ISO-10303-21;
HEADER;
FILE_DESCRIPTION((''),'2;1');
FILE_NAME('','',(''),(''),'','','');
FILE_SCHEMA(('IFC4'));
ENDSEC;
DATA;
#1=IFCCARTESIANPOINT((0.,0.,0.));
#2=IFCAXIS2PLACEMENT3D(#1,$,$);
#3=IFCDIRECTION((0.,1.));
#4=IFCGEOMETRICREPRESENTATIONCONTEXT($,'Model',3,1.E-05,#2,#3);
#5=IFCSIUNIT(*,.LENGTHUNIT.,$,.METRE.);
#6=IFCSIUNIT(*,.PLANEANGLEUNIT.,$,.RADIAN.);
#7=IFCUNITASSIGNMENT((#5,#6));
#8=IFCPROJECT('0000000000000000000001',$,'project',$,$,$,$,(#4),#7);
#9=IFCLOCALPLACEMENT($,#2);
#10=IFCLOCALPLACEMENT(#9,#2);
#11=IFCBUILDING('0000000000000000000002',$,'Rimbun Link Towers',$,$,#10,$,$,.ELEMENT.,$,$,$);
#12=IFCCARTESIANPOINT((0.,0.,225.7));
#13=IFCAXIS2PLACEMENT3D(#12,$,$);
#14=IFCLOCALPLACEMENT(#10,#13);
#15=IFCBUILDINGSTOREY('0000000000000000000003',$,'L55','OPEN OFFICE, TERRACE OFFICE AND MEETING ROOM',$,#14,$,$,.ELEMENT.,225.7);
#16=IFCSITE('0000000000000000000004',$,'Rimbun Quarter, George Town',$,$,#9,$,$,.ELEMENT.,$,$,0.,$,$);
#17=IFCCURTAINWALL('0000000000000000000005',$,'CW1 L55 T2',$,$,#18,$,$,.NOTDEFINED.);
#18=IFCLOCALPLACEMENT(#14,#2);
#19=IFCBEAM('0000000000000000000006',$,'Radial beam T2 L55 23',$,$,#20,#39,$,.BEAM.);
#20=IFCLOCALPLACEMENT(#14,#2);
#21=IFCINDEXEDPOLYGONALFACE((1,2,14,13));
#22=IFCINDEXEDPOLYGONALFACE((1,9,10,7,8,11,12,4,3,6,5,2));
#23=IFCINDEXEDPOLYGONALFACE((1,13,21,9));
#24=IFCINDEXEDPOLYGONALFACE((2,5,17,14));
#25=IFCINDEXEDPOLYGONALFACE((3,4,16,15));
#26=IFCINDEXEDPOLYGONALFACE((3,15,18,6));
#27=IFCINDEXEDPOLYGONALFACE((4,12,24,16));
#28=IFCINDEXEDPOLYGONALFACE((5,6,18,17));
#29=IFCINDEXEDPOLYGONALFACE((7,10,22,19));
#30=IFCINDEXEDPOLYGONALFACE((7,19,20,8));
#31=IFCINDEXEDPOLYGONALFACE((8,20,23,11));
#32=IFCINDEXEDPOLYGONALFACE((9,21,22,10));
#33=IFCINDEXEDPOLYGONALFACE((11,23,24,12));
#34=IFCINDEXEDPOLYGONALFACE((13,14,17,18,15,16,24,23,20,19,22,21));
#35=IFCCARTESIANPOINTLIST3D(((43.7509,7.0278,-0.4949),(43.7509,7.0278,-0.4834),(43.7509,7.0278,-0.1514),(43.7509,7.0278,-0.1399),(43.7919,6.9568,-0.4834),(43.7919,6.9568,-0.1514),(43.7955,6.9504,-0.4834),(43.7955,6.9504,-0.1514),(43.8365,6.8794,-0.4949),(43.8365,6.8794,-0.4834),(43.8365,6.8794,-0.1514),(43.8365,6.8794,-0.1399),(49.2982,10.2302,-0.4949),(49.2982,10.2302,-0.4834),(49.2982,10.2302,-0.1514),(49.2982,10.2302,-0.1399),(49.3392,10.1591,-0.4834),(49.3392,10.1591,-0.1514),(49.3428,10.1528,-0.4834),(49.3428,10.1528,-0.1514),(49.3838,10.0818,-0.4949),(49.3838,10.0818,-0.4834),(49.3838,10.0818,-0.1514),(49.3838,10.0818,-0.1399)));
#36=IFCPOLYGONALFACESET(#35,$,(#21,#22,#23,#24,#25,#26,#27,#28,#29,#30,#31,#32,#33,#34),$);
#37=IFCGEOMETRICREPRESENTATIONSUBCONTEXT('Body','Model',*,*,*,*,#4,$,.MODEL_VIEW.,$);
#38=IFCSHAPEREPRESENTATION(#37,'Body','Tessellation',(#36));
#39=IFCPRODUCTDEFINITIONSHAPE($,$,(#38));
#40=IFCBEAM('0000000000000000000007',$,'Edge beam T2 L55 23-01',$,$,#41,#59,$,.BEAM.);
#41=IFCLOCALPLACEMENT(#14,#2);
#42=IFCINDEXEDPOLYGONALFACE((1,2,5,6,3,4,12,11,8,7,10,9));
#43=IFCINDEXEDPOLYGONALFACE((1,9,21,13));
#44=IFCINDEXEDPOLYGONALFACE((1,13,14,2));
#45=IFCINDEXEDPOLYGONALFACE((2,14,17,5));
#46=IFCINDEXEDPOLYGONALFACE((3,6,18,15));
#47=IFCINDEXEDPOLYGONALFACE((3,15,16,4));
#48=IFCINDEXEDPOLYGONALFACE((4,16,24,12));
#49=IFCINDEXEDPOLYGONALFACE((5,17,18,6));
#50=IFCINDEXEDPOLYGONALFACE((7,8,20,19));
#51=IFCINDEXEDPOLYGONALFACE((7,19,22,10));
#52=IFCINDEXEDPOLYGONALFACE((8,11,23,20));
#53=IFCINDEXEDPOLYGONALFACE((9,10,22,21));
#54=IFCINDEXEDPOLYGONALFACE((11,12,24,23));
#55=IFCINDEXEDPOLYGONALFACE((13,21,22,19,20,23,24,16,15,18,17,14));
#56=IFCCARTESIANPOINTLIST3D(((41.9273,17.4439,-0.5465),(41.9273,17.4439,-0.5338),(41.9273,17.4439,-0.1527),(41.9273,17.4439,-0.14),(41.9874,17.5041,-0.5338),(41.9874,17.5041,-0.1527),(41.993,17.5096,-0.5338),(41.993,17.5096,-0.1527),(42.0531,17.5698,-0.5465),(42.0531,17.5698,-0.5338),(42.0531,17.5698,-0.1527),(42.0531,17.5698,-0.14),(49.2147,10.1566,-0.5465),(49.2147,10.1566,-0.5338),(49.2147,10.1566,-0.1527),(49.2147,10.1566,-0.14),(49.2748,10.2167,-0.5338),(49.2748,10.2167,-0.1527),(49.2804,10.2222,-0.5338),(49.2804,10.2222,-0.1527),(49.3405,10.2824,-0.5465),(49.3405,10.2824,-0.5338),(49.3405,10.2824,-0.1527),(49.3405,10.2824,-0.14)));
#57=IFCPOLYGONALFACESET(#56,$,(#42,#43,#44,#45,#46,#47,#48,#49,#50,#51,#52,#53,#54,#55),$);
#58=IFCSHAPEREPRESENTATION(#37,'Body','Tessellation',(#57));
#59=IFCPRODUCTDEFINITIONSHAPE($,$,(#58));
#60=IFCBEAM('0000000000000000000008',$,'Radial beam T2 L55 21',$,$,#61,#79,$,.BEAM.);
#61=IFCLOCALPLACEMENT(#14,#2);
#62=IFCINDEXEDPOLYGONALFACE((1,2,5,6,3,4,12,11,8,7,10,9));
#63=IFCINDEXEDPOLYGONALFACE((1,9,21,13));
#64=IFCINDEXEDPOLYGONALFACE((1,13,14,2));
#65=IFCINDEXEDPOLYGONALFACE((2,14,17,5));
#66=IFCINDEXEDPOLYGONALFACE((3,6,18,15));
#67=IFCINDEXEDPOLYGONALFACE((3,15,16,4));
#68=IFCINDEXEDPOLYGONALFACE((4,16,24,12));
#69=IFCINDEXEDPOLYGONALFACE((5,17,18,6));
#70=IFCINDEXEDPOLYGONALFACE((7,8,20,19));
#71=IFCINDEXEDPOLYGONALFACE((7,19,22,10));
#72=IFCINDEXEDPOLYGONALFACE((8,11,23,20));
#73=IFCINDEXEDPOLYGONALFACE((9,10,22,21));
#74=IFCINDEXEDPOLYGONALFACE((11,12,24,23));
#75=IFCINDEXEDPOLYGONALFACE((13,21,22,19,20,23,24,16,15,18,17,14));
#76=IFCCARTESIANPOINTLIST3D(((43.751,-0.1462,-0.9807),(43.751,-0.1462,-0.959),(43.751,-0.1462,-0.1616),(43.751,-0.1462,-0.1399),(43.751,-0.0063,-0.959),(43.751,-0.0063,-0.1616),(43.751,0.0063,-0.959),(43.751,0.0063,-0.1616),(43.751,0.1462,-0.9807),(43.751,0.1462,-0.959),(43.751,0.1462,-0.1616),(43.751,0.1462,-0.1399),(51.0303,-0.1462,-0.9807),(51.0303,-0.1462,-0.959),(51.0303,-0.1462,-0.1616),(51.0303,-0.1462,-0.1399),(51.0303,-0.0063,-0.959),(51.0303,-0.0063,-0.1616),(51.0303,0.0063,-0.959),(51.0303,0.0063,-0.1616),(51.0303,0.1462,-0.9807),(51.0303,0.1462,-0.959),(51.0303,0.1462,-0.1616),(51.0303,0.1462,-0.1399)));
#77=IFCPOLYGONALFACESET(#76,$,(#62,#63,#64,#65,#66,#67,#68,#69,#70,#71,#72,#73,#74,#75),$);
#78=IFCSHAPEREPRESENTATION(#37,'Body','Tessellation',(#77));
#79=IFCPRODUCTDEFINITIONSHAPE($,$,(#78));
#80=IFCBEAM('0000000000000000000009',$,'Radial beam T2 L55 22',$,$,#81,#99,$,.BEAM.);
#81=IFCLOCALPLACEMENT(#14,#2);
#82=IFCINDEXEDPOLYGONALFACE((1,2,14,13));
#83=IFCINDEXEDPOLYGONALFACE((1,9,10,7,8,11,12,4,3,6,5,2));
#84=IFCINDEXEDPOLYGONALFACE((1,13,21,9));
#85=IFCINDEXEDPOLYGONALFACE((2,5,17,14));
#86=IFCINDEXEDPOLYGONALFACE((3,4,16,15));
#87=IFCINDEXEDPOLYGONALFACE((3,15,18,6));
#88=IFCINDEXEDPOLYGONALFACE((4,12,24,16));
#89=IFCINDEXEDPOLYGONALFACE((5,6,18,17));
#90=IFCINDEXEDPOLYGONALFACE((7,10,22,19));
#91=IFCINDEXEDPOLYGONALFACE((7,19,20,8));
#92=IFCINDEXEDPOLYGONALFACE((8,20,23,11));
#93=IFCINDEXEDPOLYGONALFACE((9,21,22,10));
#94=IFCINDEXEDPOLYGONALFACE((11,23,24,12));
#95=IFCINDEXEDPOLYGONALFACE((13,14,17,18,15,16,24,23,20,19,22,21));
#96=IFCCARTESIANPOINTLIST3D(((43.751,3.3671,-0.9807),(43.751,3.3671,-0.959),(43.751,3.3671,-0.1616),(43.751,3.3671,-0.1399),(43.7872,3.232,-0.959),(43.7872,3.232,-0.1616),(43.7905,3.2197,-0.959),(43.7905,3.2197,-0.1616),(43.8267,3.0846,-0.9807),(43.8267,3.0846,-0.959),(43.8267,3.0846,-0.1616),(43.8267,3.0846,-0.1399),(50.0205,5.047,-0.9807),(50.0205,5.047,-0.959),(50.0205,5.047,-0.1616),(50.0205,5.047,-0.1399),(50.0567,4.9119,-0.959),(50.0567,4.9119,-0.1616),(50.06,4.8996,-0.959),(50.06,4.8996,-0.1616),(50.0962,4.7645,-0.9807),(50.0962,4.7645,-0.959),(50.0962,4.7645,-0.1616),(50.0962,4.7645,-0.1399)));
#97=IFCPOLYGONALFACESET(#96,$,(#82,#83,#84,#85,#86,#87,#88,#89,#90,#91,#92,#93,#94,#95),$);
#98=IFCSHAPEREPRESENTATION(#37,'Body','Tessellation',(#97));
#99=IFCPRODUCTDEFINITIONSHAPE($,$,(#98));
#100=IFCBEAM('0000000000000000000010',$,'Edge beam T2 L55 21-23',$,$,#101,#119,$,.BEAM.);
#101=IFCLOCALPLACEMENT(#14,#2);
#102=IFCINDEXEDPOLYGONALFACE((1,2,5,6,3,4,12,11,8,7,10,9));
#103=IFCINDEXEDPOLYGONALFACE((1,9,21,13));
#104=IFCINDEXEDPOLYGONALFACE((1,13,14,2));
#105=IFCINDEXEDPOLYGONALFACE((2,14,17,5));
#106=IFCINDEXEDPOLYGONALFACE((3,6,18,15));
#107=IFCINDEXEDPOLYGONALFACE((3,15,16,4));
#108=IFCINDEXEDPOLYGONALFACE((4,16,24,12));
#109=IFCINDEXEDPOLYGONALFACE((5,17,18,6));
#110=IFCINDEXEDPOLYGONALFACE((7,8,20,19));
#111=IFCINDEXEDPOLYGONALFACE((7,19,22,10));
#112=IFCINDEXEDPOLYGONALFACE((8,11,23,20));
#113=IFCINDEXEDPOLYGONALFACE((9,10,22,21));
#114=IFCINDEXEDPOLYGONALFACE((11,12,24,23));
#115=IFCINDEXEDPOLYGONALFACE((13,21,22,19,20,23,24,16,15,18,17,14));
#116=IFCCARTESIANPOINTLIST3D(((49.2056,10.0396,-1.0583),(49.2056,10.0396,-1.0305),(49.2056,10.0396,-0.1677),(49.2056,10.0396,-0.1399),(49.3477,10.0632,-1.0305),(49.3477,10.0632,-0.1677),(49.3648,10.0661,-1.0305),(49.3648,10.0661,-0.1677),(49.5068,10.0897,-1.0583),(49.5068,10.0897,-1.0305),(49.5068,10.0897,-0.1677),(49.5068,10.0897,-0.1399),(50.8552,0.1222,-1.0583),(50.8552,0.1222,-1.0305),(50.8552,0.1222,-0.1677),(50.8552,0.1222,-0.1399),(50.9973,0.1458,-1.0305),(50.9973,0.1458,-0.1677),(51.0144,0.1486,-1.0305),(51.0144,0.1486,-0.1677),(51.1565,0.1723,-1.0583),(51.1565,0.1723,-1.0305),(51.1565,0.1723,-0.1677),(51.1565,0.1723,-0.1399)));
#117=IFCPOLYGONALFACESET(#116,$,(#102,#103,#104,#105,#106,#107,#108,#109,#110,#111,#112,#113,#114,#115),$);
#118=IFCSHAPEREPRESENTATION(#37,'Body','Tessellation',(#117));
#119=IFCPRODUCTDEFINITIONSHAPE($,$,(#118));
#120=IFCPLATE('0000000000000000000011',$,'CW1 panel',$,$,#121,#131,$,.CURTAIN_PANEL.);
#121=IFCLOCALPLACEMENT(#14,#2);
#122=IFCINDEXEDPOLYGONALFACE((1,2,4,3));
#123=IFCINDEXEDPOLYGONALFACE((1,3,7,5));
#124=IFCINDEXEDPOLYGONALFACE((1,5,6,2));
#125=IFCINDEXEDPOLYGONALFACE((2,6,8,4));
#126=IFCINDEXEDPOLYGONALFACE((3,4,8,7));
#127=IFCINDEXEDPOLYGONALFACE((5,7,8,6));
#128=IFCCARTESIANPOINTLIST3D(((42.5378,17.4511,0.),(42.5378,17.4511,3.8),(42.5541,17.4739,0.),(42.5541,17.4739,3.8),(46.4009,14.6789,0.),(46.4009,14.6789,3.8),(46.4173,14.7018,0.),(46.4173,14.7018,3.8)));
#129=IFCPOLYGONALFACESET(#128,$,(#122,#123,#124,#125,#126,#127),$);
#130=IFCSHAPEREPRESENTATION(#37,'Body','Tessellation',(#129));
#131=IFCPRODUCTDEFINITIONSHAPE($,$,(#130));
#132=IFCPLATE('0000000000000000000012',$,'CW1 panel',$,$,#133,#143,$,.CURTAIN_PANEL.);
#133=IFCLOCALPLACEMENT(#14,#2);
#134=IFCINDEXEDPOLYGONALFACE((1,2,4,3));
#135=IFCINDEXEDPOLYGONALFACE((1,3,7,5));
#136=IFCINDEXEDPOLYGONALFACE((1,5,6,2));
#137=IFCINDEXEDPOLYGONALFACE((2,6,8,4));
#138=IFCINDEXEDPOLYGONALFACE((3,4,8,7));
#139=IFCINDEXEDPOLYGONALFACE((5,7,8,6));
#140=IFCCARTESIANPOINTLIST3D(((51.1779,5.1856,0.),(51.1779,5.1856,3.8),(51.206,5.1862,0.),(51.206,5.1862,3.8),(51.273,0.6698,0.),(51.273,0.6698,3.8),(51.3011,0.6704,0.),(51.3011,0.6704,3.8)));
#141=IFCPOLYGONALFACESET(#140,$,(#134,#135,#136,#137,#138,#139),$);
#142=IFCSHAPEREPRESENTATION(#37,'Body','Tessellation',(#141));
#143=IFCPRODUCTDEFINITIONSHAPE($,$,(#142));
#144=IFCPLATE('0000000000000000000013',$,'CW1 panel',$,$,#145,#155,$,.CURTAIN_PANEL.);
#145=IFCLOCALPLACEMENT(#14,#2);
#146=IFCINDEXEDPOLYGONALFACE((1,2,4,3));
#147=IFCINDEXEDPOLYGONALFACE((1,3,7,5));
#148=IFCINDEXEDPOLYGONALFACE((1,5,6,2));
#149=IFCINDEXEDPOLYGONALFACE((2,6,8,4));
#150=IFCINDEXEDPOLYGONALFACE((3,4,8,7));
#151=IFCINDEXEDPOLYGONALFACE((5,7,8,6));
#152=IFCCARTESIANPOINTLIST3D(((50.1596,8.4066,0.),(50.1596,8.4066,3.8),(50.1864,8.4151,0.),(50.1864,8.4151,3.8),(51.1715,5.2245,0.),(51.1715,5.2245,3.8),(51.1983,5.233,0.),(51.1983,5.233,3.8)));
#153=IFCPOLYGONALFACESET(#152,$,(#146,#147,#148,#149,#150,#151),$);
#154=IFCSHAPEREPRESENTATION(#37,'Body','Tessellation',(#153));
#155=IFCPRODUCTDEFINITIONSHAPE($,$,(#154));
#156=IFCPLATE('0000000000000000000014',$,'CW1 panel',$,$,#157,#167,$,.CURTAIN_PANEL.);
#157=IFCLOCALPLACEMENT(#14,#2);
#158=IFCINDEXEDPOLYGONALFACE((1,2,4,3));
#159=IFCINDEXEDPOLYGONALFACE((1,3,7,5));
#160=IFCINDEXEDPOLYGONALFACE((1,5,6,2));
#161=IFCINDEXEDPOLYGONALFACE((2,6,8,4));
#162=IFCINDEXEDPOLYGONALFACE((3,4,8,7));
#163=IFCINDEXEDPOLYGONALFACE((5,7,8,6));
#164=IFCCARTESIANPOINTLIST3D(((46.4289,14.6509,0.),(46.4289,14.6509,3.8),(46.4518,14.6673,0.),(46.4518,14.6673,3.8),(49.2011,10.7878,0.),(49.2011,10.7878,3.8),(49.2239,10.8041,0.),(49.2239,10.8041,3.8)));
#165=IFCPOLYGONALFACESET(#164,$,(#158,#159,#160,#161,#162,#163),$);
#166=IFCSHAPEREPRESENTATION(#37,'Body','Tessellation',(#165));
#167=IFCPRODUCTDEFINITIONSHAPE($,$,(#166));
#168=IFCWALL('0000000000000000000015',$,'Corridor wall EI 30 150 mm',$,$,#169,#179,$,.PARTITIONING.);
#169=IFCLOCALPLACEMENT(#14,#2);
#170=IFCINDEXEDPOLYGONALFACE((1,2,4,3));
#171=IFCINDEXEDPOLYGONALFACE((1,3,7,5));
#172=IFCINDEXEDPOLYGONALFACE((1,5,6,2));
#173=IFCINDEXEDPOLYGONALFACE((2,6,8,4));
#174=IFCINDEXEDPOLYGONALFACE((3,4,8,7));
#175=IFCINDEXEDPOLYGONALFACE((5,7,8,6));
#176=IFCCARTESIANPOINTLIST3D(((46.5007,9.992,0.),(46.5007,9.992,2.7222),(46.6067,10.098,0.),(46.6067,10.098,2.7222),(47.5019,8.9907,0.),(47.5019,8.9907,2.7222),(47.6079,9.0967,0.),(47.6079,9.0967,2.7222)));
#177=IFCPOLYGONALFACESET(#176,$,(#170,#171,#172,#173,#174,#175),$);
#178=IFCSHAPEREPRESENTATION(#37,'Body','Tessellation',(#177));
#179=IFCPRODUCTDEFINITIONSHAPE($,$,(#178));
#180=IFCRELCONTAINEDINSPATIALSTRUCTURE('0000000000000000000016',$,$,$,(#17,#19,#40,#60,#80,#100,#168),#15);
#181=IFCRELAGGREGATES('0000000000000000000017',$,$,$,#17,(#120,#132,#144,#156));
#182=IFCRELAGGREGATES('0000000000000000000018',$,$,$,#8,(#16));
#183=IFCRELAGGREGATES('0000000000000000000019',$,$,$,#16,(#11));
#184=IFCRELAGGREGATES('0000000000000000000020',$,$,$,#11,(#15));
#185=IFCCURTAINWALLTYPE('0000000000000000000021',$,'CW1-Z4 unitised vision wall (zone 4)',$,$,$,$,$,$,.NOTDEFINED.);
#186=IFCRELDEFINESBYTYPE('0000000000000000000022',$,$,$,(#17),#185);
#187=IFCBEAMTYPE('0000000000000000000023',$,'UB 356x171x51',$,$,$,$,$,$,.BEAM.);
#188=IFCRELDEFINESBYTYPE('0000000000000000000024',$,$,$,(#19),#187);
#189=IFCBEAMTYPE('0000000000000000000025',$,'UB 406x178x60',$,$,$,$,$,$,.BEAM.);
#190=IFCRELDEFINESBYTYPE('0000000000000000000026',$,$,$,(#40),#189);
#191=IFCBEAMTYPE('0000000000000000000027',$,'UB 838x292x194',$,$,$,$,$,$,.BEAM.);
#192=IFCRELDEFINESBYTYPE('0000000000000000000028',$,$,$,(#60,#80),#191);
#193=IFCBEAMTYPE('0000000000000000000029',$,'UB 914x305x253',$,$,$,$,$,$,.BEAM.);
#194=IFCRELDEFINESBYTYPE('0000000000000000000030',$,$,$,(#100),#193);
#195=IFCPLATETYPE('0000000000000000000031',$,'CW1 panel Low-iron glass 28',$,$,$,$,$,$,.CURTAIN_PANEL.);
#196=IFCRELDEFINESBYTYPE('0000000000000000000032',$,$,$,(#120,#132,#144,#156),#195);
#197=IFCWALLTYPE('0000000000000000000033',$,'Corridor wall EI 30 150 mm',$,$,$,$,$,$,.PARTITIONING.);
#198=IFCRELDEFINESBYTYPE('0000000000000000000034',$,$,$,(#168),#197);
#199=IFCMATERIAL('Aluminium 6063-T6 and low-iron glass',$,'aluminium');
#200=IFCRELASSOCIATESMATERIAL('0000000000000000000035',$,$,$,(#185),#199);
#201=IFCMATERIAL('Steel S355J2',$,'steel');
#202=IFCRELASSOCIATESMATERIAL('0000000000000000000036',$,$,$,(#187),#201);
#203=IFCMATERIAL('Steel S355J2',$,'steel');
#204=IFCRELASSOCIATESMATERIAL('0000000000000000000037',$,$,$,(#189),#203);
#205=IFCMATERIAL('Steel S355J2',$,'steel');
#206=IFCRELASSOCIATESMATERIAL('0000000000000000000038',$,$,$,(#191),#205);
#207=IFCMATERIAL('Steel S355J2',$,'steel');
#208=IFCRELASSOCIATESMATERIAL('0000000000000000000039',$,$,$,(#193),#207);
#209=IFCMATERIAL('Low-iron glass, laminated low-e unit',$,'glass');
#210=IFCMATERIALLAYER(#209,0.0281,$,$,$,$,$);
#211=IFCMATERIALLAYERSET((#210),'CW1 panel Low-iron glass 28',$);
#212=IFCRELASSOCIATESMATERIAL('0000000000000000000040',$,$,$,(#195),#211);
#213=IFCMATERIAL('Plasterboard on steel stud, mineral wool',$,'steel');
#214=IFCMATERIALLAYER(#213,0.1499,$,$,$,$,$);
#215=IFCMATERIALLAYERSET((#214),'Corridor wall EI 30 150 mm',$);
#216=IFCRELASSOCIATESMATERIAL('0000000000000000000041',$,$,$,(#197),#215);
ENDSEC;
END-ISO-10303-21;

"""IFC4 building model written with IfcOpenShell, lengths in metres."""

from ifc_helpers import new_model, si_unit, direction, frame, frame_2d, origin, origin_2d, place, context, subcontext, project, spatial, rectangle, i_section, extrude, material, layer, layer_set, material_profile, profile_set, type_object, element, aggregate, save


model = new_model("IFC4")

# Units and contexts
model_context = context("Model", 3, precision=1e-05, world=origin(), true_north=direction((0.0, 1.0)))
body_context = subcontext(model_context, "Body", "Model", "MODEL_VIEW")
ifc_project = project(units=[si_unit("LENGTHUNIT", "METRE"), si_unit("PLANEANGLEUNIT", "RADIAN")], contexts=[model_context])

# Site, building, storey
site_placement = place(None, origin())
site = spatial("IfcSite", under=ifc_project, at=site_placement, Name="Rimbun Quarter, George Town", CompositionType="ELEMENT", RefElevation=0.0)
building_placement = place(site_placement, origin())
building = spatial("IfcBuilding", under=site, at=building_placement, Name="Rimbun Link Towers", CompositionType="ELEMENT")
storey_placement = place(building_placement, frame((0.0, 0.0, 225.7)))
storey = spatial("IfcBuildingStorey", under=building, at=storey_placement, Name="L55", Description="OPEN OFFICE, TERRACE OFFICE AND MEETING ROOM", CompositionType="ELEMENT", Elevation=225.7)

# Curtain wall
ifc_material_1 = material(Name="Aluminium 6063-T6 and low-iron glass", Category="aluminium")
curtain_wall_type = type_object("IfcCurtainWallType", Name="CW1-Z4 unitised vision wall (zone 4)", PredefinedType="NOTDEFINED", material=ifc_material_1)
curtain_wall_placement = place(storey_placement, origin())
curtain_wall = element("IfcCurtainWall", 1, at=curtain_wall_placement, inside=storey, type_object=curtain_wall_type, Name="CW1 L55 T2", PredefinedType="NOTDEFINED")

# Beams
ifc_material_2 = material(Name="Steel S355J2", Category="steel")
ifc_material_profile_1 = material_profile(ifc_material_2, i_section(OverallWidth=0.1714, OverallDepth=0.355, WebThickness=0.0073, FlangeThickness=0.0115, at=origin_2d()), Name="UB 356x171x51")
ifc_profile_set_1 = profile_set([ifc_material_profile_1], Name="Steel S355J2")
beam_type_1 = type_object("IfcBeamType", Name="UB 356x171x51", PredefinedType="BEAM", material=ifc_profile_set_1)
beam_1_placement = place(storey_placement, frame((43.7937, 6.9536, -0.3174), z_axis=(0.866051, 0.499956, 0.0), x_axis=(-0.499956, 0.866051, 0.0)))
element("IfcBeam", 2, at=beam_1_placement, inside=storey, type_object=beam_type_1, Name="Radial beam T2 L55 23", PredefinedType="BEAM", context=body_context, shape_type="SweptSolid", body=[
    extrude(i_section(OverallWidth=0.1714, OverallDepth=0.355, WebThickness=0.0073, FlangeThickness=0.0115, at=origin_2d()), origin(), (0.0, 0.0, 1.0), 6.4053),
])
ifc_material_3 = material(Name="Steel S355J2", Category="steel")
ifc_material_profile_2 = material_profile(ifc_material_3, i_section(OverallWidth=0.178, OverallDepth=0.4065, WebThickness=0.0078, FlangeThickness=0.0127, at=origin_2d()), Name="UB 406x178x60")
ifc_profile_set_2 = profile_set([ifc_material_profile_2], Name="Steel S355J2")
beam_type_2 = type_object("IfcBeamType", Name="UB 406x178x60", PredefinedType="BEAM", material=ifc_profile_set_2)
beam_2_placement = place(storey_placement, frame((49.2776, 10.2195, -0.3433), z_axis=(-0.707107, 0.707107, 0.0), x_axis=(-0.707107, -0.707107, 0.0)))
element("IfcBeam", 3, at=beam_2_placement, inside=storey, type_object=beam_type_2, Name="Edge beam T2 L55 23-01", PredefinedType="BEAM", context=body_context, shape_type="SweptSolid", body=[
    extrude(i_section(OverallWidth=0.178, OverallDepth=0.4065, WebThickness=0.0078, FlangeThickness=0.0127, at=origin_2d()), origin(), (0.0, 0.0, 1.0), 10.3059),
])
ifc_material_4 = material(Name="Steel S355J2", Category="steel")
ifc_material_profile_3 = material_profile(ifc_material_4, i_section(OverallWidth=0.2925, OverallDepth=0.8408, WebThickness=0.0127, FlangeThickness=0.0217, at=origin_2d()), Name="UB 838x292x194")
ifc_profile_set_3 = profile_set([ifc_material_profile_3], Name="Steel S355J2")
beam_type_3 = type_object("IfcBeamType", Name="UB 838x292x194", PredefinedType="BEAM", material=ifc_profile_set_3)
beam_3_placement = place(storey_placement, frame((43.751, 0.0, -0.5603), z_axis=(1.0, 0.0, 0.0), x_axis=(0.0, 1.0, 0.0)))
element("IfcBeam", 4, at=beam_3_placement, inside=storey, type_object=beam_type_3, Name="Radial beam T2 L55 21", PredefinedType="BEAM", context=body_context, shape_type="SweptSolid", body=[
    extrude(i_section(OverallWidth=0.2925, OverallDepth=0.8408, WebThickness=0.0127, FlangeThickness=0.0217, at=origin_2d()), origin(), (0.0, 0.0, 1.0), 7.2793),
])
beam_4_placement = place(storey_placement, frame((43.7888, 3.2258, -0.5603), z_axis=(0.965925, 0.258821, 0.0), x_axis=(-0.258821, 0.965925, 0.0)))
element("IfcBeam", 5, at=beam_4_placement, inside=storey, type_object=beam_type_3, Name="Radial beam T2 L55 22", PredefinedType="BEAM", context=body_context, shape_type="SweptSolid", body=[
    extrude(i_section(OverallWidth=0.2925, OverallDepth=0.8408, WebThickness=0.0127, FlangeThickness=0.0217, at=origin_2d()), origin(), (0.0, 0.0, 1.0), 6.4907),
])
ifc_material_5 = material(Name="Steel S355J2", Category="steel")
ifc_material_profile_4 = material_profile(ifc_material_5, i_section(OverallWidth=0.3054, OverallDepth=0.9185, WebThickness=0.0173, FlangeThickness=0.0278, at=origin_2d()), Name="UB 914x305x253")
ifc_profile_set_4 = profile_set([ifc_material_profile_4], Name="Steel S355J2")
beam_type_4 = type_object("IfcBeamType", Name="UB 914x305x253", PredefinedType="BEAM", material=ifc_profile_set_4)
beam_5_placement = place(storey_placement, frame((51.0059, 0.1472, -0.5991), z_axis=(-0.164084, 0.986446, 0.0), x_axis=(-0.986446, -0.164084, 0.0)))
element("IfcBeam", 6, at=beam_5_placement, inside=storey, type_object=beam_type_4, Name="Edge beam T2 L55 21-23", PredefinedType="BEAM", context=body_context, shape_type="SweptSolid", body=[
    extrude(i_section(OverallWidth=0.3054, OverallDepth=0.9185, WebThickness=0.0173, FlangeThickness=0.0278, at=origin_2d()), origin(), (0.0, 0.0, 1.0), 10.0537),
])

# Plates
ifc_material_6 = material(Name="Low-iron glass, laminated low-e unit", Category="glass")
ifc_layer_1 = layer(ifc_material_6, 0.0281)
ifc_layer_set_1 = layer_set([ifc_layer_1], Name="CW1 panel Low-iron glass 28")
plate_type = type_object("IfcPlateType", Name="CW1 panel Low-iron glass 28", PredefinedType="CURTAIN_PANEL", material=ifc_layer_set_1)
plate_1_placement = place(storey_placement, frame((44.4775, 16.0764, 0.0), z_axis=(0.0, 0.0, 1.0), x_axis=(0.812465, -0.583009, 0.0)))
plate_1 = element("IfcPlate", 7, at=plate_1_placement, type_object=plate_type, Name="CW1 panel", PredefinedType="CURTAIN_PANEL", context=body_context, shape_type="SweptSolid", body=[
    extrude(rectangle(XDim=4.7549, YDim=0.0281, at=origin_2d()), origin(), (0.0, 0.0, 1.0), 3.8),
])
plate_2_placement = place(storey_placement, frame((51.2395, 2.928, 0.0), z_axis=(0.0, 0.0, 1.0), x_axis=(0.021069, -0.999778, 0.0)))
plate_2 = element("IfcPlate", 8, at=plate_2_placement, type_object=plate_type, Name="CW1 panel", PredefinedType="CURTAIN_PANEL", context=body_context, shape_type="SweptSolid", body=[
    extrude(rectangle(XDim=4.5168, YDim=0.0281, at=origin_2d()), origin(), (0.0, 0.0, 1.0), 3.8),
])
plate_3_placement = place(storey_placement, frame((50.679, 6.8198, 0.0), z_axis=(0.0, 0.0, 1.0), x_axis=(0.303053, -0.952974, 0.0)))
plate_3 = element("IfcPlate", 9, at=plate_3_placement, type_object=plate_type, Name="CW1 panel", PredefinedType="CURTAIN_PANEL", context=body_context, shape_type="SweptSolid", body=[
    extrude(rectangle(XDim=3.3391, YDim=0.0281, at=origin_2d()), origin(), (0.0, 0.0, 1.0), 3.8),
])
plate_4_placement = place(storey_placement, frame((47.8264, 12.7275, 0.0), z_axis=(0.0, 0.0, 1.0), x_axis=(0.583009, -0.812465, 0.0)))
plate_4 = element("IfcPlate", 10, at=plate_4_placement, type_object=plate_type, Name="CW1 panel", PredefinedType="CURTAIN_PANEL", context=body_context, shape_type="SweptSolid", body=[
    extrude(rectangle(XDim=4.7549, YDim=0.0281, at=origin_2d()), origin(), (0.0, 0.0, 1.0), 3.8),
])
aggregate(curtain_wall, [plate_1, plate_2, plate_3, plate_4])

# Wall
ifc_material_7 = material(Name="Plasterboard on steel stud, mineral wool", Category="steel")
ifc_layer_2 = layer(ifc_material_7, 0.1499)
ifc_layer_set_2 = layer_set([ifc_layer_2], Name="Corridor wall EI 30 150 mm")
wall_type_1 = type_object("IfcWallType", Name="Corridor wall EI 30 150 mm", PredefinedType="PARTITIONING", material=ifc_layer_set_2)
wall_1_placement = place(storey_placement, frame((47.5549, 9.0437, 0.0), z_axis=(0.0, 0.0, 1.0), x_axis=(-0.707107, 0.707107, 0.0)))
element("IfcWall", 11, at=wall_1_placement, inside=storey, type_object=wall_type_1, Name="Corridor wall EI 30 150 mm", PredefinedType="PARTITIONING", context=body_context, shape_type="SweptSolid", body=[
    extrude(rectangle(XDim=1.416, YDim=0.1499, at=frame_2d((0.708, 0.0))), origin(), (0.0, 0.0, 1.0), 2.7222),
])

save(model, "model.ifc")
